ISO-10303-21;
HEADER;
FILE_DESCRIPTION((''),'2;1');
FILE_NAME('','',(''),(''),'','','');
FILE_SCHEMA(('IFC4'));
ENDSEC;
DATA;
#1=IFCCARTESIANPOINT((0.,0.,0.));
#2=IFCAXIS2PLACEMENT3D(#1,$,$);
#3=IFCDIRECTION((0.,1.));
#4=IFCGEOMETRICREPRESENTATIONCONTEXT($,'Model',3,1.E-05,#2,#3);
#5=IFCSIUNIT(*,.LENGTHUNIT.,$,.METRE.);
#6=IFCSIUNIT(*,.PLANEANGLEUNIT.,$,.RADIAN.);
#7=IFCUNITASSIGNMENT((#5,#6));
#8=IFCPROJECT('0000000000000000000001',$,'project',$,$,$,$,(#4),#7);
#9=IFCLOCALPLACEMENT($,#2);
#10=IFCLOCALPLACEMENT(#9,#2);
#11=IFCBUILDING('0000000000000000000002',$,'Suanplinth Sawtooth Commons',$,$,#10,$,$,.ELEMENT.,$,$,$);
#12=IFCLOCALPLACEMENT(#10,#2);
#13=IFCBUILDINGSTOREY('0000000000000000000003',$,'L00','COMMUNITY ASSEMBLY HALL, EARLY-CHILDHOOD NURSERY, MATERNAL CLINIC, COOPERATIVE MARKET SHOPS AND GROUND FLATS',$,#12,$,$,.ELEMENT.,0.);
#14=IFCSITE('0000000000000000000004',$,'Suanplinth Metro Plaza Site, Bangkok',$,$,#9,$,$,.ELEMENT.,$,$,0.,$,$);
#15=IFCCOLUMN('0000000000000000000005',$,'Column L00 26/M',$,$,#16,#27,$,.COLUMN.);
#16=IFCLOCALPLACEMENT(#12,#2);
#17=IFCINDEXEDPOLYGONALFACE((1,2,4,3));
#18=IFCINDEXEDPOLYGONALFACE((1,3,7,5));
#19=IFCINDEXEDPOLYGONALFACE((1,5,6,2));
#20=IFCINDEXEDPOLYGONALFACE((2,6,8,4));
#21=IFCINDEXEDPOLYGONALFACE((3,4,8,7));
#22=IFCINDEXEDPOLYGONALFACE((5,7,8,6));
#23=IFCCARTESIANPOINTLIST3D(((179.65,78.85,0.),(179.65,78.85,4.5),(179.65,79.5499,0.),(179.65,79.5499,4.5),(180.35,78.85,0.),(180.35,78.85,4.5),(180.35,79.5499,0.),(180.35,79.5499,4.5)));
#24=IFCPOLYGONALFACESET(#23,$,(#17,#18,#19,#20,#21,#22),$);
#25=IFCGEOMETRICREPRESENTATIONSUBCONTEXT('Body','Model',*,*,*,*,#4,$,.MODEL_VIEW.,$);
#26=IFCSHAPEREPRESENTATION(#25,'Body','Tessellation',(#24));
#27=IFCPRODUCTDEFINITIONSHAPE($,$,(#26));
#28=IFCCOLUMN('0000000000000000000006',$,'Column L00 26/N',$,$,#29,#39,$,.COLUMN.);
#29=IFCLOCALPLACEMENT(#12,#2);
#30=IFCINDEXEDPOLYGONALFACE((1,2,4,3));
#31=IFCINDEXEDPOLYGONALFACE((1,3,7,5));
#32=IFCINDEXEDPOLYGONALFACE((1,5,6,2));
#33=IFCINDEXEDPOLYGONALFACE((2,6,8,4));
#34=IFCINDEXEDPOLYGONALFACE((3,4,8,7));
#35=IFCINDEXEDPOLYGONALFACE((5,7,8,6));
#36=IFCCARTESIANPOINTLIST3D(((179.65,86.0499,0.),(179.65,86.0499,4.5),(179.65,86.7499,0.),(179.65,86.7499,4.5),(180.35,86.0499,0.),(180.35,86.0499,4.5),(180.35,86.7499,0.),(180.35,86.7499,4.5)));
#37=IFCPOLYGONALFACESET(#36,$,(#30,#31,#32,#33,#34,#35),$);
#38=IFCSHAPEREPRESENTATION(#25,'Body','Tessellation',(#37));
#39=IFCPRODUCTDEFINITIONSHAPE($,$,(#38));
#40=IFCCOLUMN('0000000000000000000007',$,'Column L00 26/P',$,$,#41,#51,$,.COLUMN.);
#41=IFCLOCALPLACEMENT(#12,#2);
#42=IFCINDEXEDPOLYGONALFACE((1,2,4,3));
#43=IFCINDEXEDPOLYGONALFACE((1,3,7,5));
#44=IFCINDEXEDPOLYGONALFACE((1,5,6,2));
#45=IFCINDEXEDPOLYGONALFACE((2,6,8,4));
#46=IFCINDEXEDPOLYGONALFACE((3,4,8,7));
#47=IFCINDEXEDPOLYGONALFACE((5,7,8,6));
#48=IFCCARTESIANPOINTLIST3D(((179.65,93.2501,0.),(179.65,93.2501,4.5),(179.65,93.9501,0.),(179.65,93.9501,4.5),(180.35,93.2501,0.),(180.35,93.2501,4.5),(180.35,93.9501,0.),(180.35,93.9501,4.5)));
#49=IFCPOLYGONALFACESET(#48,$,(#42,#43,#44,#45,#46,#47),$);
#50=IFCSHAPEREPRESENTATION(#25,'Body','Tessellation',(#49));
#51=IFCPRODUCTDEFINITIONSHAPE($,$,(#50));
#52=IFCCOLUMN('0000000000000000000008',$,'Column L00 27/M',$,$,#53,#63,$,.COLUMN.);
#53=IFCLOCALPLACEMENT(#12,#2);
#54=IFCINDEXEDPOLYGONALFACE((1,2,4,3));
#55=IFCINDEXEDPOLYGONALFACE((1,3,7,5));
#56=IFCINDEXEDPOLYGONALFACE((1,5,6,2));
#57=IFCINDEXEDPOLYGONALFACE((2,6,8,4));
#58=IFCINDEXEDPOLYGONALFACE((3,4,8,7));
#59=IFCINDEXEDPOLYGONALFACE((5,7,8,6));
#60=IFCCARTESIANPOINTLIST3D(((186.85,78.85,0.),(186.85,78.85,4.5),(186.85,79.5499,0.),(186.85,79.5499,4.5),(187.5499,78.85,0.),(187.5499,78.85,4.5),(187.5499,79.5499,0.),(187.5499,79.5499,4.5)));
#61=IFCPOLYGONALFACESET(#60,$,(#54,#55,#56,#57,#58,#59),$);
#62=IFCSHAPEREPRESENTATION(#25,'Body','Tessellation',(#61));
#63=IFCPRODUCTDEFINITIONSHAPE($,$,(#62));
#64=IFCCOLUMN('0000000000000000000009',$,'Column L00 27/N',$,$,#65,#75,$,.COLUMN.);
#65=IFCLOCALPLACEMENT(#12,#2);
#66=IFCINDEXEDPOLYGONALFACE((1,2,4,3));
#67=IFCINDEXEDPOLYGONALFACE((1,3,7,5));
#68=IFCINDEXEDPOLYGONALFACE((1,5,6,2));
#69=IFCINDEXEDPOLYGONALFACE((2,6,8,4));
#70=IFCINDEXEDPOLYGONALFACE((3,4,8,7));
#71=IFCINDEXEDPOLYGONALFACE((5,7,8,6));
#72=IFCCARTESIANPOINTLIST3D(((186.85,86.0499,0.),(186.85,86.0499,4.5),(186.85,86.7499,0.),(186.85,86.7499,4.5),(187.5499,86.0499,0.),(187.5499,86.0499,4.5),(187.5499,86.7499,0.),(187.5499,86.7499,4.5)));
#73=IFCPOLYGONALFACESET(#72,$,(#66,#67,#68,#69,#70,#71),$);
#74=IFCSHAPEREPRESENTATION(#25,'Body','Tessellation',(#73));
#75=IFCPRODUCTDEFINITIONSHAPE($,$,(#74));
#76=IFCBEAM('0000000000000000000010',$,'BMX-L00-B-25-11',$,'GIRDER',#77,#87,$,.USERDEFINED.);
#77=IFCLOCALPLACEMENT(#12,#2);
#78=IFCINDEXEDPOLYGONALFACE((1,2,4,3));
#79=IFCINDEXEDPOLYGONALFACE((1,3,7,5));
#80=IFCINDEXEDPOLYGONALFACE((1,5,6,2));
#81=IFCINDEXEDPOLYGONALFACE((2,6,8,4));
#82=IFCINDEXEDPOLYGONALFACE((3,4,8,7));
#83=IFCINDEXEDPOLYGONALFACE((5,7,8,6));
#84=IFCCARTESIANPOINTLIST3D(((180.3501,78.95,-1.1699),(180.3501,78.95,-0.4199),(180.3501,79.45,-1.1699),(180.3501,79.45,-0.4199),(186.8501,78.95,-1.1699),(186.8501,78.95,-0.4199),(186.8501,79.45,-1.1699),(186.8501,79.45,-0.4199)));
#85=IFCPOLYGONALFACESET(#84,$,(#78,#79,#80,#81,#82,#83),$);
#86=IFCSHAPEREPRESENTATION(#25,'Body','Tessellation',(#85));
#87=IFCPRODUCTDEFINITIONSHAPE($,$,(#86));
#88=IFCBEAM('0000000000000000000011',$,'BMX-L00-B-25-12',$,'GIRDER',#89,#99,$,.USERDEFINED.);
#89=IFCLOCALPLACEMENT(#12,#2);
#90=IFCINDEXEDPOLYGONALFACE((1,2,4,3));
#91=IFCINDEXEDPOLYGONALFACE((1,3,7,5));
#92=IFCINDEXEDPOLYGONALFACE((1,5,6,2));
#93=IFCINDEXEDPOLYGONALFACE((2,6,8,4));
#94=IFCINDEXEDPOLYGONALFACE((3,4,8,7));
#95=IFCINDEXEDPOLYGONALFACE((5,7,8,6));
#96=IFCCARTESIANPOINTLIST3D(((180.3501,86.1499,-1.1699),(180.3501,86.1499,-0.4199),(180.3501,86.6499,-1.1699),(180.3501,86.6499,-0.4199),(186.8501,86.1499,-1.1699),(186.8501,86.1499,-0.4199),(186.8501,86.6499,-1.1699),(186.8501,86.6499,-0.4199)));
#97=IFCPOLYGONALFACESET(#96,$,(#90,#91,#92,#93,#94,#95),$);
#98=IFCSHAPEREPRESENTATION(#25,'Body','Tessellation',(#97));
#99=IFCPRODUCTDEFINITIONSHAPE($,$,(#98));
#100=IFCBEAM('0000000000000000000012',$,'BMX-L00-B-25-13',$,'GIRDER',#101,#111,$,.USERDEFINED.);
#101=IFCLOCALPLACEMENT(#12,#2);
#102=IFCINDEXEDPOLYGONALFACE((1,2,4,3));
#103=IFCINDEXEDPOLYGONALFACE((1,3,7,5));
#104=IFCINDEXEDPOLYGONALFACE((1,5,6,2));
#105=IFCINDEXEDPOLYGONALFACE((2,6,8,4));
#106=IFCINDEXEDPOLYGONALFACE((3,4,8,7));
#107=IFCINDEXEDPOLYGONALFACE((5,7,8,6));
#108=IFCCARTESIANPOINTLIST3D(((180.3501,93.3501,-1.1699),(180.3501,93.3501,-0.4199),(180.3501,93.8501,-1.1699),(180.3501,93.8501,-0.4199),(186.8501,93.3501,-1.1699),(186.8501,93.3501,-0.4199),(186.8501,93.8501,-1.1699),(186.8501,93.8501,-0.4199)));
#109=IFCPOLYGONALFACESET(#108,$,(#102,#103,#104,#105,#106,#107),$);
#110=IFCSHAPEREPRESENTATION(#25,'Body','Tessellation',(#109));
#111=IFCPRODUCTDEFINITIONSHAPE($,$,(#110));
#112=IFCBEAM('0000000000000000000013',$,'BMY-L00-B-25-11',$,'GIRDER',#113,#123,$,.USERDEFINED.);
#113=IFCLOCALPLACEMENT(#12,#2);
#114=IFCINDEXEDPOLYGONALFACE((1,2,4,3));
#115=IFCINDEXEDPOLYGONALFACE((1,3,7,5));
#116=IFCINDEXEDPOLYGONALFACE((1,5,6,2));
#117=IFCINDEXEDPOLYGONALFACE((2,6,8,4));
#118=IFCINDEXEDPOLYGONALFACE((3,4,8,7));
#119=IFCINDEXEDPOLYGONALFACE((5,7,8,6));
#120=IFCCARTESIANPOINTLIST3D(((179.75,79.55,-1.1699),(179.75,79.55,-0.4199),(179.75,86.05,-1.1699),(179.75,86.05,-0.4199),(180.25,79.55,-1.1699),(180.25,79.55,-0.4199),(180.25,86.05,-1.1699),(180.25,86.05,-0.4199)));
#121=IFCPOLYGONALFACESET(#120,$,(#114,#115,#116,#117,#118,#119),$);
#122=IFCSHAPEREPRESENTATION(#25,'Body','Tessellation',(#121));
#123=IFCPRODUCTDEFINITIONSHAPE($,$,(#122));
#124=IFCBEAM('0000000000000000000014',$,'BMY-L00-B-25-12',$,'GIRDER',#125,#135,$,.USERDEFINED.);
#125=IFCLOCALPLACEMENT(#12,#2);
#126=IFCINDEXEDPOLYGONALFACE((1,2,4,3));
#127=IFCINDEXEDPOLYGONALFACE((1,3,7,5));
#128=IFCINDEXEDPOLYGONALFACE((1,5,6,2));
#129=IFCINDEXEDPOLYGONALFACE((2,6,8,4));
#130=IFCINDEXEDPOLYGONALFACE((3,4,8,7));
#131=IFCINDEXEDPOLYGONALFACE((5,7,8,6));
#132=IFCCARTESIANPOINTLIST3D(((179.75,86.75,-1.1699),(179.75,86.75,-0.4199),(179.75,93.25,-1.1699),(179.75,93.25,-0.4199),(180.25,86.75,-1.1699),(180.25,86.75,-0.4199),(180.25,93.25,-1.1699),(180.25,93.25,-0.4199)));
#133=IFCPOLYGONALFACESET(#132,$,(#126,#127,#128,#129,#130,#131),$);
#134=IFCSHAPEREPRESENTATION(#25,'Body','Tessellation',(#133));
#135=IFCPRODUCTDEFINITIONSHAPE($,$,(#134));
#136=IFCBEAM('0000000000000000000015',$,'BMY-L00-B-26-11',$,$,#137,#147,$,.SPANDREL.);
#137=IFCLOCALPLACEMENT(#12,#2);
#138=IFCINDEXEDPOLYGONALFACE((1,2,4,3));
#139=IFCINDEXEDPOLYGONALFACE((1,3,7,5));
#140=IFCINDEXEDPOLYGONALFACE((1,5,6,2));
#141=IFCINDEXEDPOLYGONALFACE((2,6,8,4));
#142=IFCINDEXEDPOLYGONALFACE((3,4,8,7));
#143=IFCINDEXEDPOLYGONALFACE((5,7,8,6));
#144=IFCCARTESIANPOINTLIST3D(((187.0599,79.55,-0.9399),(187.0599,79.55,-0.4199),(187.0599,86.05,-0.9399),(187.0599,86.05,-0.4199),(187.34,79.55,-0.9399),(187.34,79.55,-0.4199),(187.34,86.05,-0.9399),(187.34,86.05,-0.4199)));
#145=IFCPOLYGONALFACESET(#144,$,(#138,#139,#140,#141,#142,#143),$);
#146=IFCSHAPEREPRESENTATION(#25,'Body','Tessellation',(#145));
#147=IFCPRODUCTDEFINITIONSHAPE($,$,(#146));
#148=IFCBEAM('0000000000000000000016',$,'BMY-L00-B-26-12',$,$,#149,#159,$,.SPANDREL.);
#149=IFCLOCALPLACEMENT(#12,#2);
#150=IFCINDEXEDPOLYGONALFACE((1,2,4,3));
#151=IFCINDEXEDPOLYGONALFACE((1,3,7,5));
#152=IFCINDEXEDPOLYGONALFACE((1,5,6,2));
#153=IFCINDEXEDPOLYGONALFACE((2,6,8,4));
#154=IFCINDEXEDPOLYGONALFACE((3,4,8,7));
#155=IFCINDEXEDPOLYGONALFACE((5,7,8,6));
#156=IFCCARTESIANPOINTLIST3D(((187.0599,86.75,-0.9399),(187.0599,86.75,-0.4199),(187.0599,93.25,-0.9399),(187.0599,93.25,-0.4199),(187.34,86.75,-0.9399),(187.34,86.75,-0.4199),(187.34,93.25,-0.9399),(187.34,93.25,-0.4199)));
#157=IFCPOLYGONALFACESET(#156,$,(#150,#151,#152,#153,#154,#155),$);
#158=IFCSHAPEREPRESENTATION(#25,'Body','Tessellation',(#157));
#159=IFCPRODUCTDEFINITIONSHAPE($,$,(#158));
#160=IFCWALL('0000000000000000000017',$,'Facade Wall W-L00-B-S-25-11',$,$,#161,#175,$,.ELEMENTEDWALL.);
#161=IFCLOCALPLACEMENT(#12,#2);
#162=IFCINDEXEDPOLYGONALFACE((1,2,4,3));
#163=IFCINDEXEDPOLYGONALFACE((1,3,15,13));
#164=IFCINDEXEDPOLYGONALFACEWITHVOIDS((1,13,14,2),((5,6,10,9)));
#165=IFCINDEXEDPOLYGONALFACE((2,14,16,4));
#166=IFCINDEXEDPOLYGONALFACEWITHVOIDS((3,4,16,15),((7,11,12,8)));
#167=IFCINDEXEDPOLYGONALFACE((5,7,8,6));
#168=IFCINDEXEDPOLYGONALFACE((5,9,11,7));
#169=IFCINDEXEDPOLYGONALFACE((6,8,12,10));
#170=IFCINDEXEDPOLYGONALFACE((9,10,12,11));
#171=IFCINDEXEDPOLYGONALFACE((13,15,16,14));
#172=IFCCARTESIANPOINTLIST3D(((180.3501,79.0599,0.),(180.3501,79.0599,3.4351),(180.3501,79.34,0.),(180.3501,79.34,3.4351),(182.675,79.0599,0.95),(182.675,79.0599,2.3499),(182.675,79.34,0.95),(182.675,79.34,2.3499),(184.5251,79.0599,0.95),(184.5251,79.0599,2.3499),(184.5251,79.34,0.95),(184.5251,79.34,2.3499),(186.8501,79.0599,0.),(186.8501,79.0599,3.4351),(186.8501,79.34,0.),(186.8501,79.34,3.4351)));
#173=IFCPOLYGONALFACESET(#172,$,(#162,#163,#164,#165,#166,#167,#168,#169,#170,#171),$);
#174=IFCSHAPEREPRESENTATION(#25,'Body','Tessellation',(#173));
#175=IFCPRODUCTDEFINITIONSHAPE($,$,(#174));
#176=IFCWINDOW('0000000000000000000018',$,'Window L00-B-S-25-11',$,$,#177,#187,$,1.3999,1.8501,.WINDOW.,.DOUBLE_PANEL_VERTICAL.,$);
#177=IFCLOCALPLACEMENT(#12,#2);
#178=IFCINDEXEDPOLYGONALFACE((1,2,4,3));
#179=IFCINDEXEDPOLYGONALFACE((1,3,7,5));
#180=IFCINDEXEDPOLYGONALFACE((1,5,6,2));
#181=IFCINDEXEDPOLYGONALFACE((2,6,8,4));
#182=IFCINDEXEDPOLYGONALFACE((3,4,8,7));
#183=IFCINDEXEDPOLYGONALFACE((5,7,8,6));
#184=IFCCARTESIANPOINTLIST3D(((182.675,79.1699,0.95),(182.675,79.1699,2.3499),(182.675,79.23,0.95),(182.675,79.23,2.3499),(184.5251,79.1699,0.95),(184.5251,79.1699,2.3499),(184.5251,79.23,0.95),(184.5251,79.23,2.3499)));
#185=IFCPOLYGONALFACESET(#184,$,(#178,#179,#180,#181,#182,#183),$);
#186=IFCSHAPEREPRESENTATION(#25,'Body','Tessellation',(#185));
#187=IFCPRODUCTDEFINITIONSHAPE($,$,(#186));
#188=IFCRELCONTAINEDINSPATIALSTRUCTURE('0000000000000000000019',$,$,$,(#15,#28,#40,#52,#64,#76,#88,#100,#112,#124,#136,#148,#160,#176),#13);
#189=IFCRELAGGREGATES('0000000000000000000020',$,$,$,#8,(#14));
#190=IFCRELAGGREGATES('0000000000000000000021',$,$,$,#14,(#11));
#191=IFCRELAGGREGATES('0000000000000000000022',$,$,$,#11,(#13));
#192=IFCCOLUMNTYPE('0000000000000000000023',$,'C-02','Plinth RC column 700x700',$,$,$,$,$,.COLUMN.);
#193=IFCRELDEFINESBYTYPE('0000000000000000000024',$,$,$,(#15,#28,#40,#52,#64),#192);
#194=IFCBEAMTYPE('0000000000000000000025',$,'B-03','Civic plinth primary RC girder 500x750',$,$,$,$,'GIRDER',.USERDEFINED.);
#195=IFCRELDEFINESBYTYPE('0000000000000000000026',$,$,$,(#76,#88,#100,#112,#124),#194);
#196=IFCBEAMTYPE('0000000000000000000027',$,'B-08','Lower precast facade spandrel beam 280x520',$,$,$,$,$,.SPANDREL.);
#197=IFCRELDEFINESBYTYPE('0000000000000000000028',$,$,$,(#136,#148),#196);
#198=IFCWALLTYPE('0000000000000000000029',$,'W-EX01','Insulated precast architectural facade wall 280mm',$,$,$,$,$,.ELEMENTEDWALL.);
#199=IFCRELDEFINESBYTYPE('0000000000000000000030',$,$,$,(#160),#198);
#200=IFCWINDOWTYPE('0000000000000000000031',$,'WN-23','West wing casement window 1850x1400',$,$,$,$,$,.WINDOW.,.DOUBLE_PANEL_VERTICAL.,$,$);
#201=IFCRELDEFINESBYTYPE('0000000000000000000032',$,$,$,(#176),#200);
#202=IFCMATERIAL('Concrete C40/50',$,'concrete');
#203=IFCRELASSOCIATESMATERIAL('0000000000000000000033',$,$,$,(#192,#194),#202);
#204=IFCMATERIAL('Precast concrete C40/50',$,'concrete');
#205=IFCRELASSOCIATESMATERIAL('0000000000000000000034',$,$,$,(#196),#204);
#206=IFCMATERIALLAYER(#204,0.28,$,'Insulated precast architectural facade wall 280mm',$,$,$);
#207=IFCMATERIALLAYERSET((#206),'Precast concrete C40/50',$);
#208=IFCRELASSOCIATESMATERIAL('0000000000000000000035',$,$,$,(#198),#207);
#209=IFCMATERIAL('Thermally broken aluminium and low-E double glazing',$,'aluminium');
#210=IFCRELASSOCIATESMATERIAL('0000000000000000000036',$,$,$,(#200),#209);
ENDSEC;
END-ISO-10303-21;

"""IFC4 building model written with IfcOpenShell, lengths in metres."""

from ifc_helpers import new_model, si_unit, direction, frame, frame_2d, origin, origin_2d, place, context, subcontext, project, spatial, rectangle, extrude, material, layer, layer_set, material_profile, profile_set, type_object, element, fill, save


model = new_model("IFC4")

# Units and contexts
model_context = context("Model", 3, precision=1e-05, world=origin(), true_north=direction((0.0, 1.0)))
body_context = subcontext(model_context, "Body", "Model", "MODEL_VIEW")
ifc_project = project(units=[si_unit("LENGTHUNIT", "METRE"), si_unit("PLANEANGLEUNIT", "RADIAN")], contexts=[model_context])

# Site, building, storey
site_placement = place(None, origin())
site = spatial("IfcSite", under=ifc_project, at=site_placement, Name="Suanplinth Metro Plaza Site, Bangkok", CompositionType="ELEMENT", RefElevation=0.0)
building_placement = place(site_placement, origin())
building = spatial("IfcBuilding", under=site, at=building_placement, Name="Suanplinth Sawtooth Commons", CompositionType="ELEMENT")
storey_placement = place(building_placement, origin())
storey = spatial("IfcBuildingStorey", under=building, at=storey_placement, Name="L00", Description="COMMUNITY ASSEMBLY HALL, EARLY-CHILDHOOD NURSERY, MATERNAL CLINIC, COOPERATIVE MARKET SHOPS AND GROUND FLATS", CompositionType="ELEMENT", Elevation=0.0)

# Columns
ifc_material_1 = material(Name="Concrete C40/50", Category="concrete")
ifc_material_profile_1 = material_profile(ifc_material_1, rectangle(XDim=0.7, YDim=0.7, at=origin_2d()), Name="RC-COL 700x700")
ifc_profile_set_1 = profile_set([ifc_material_profile_1], Name="Concrete C40/50")
column_type = type_object("IfcColumnType", Name="C-02", Description="Plinth RC column 700x700", PredefinedType="COLUMN", material=ifc_profile_set_1)
for number, where, z_axis, x_axis, name in (
    (1, (180.0, 79.2, 0.0), (0.0, 0.0, 1.0), (1.0, 0.0, 0.0), "Column L00 26/M"),
    (2, (180.0, 86.3999, 0.0), (0.0, 0.0, 1.0), (1.0, 0.0, 0.0), "Column L00 26/N"),
    (3, (180.0, 93.6001, 0.0), (0.0, 0.0, 1.0), (1.0, 0.0, 0.0), "Column L00 26/P"),
    (4, (187.2, 79.2, 0.0), (0.0, 0.0, 1.0), (1.0, 0.0, 0.0), "Column L00 27/M"),
    (5, (187.2, 86.3999, 0.0), (0.0, 0.0, 1.0), (1.0, 0.0, 0.0), "Column L00 27/N"),
):
    element("IfcColumn", number, at=place(storey_placement, frame(where, z_axis=z_axis, x_axis=x_axis)), inside=storey, type_object=column_type, Name=name, PredefinedType="COLUMN", context=body_context, shape_type="SweptSolid", body=[
        extrude(rectangle(XDim=0.7, YDim=0.7, at=origin_2d()), origin(), (0.0, 0.0, 1.0), 4.5),
    ])

# Beams
ifc_material_profile_2 = material_profile(ifc_material_1, rectangle(XDim=0.5, YDim=0.75, at=origin_2d()), Name="RC-GDR 500x750")
ifc_profile_set_2 = profile_set([ifc_material_profile_2], Name="Concrete C40/50")
beam_type_1 = type_object("IfcBeamType", Name="B-03", Description="Civic plinth primary RC girder 500x750", ElementType="GIRDER", PredefinedType="USERDEFINED", material=ifc_profile_set_2)
for number, where, z_axis, x_axis, name in (
    (6, (180.3501, 79.2, -0.7949), (1.0, 0.0, 0.0), (0.0, 1.0, 0.0), "BMX-L00-B-25-11"),
    (7, (180.3501, 86.3999, -0.7949), (1.0, 0.0, 0.0), (0.0, 1.0, 0.0), "BMX-L00-B-25-12"),
    (8, (180.3501, 93.6001, -0.7949), (1.0, 0.0, 0.0), (0.0, 1.0, 0.0), "BMX-L00-B-25-13"),
    (9, (180.0, 79.55, -0.7949), (0.0, 1.0, 0.0), (-1.0, 0.0, 0.0), "BMY-L00-B-25-11"),
    (10, (180.0, 86.75, -0.7949), (0.0, 1.0, 0.0), (-1.0, 0.0, 0.0), "BMY-L00-B-25-12"),
):
    element("IfcBeam", number, at=place(storey_placement, frame(where, z_axis=z_axis, x_axis=x_axis)), inside=storey, type_object=beam_type_1, Name=name, ObjectType="GIRDER", PredefinedType="USERDEFINED", context=body_context, shape_type="SweptSolid", body=[
        extrude(rectangle(XDim=0.5, YDim=0.75, at=origin_2d()), origin(), (0.0, 0.0, 1.0), 6.5),
    ])
ifc_material_2 = material(Name="Precast concrete C40/50", Category="concrete")
ifc_material_profile_3 = material_profile(ifc_material_2, rectangle(XDim=0.28, YDim=0.52, at=origin_2d()), Name="PC-SP 280x520")
ifc_profile_set_3 = profile_set([ifc_material_profile_3], Name="Precast concrete C40/50")
beam_type_2 = type_object("IfcBeamType", Name="B-08", Description="Lower precast facade spandrel beam 280x520", PredefinedType="SPANDREL", material=ifc_profile_set_3)
for number, where, z_axis, x_axis, name in (
    (11, (187.2, 79.55, -0.6799), (0.0, 1.0, 0.0), (-1.0, 0.0, 0.0), "BMY-L00-B-26-11"),
    (12, (187.2, 86.75, -0.6799), (0.0, 1.0, 0.0), (-1.0, 0.0, 0.0), "BMY-L00-B-26-12"),
):
    element("IfcBeam", number, at=place(storey_placement, frame(where, z_axis=z_axis, x_axis=x_axis)), inside=storey, type_object=beam_type_2, Name=name, PredefinedType="SPANDREL", context=body_context, shape_type="SweptSolid", body=[
        extrude(rectangle(XDim=0.28, YDim=0.52, at=origin_2d()), origin(), (0.0, 0.0, 1.0), 6.5),
    ])

# Wall, opening, window
ifc_layer_1 = layer(ifc_material_2, 0.28, Name="Insulated precast architectural facade wall 280mm")
ifc_layer_set_1 = layer_set([ifc_layer_1], Name="Precast concrete C40/50")
wall_type_1 = type_object("IfcWallType", Name="W-EX01", Description="Insulated precast architectural facade wall 280mm", PredefinedType="ELEMENTEDWALL", material=ifc_layer_set_1)
wall_1_placement = place(storey_placement, frame((180.3501, 79.2, 0.0), z_axis=(0.0, 0.0, 1.0), x_axis=(1.0, 0.0, 0.0)))
wall_1 = element("IfcWall", 13, at=wall_1_placement, inside=storey, type_object=wall_type_1, Name="Facade Wall W-L00-B-S-25-11", PredefinedType="ELEMENTEDWALL", context=body_context, shape_type="SweptSolid", body=[
    extrude(rectangle(XDim=6.5, YDim=0.28, at=frame_2d((3.25, 0.0))), origin(), (0.0, 0.0, 1.0), 3.4351),
])
opening_1_placement = place(wall_1_placement, frame((2.325, 0.0, 0.95)))
opening_1 = element("IfcOpeningElement", 14, at=opening_1_placement, cuts=wall_1, PredefinedType="OPENING", context=body_context, shape_type="SweptSolid", body=[
    extrude(rectangle(XDim=1.8501, YDim=1.3999, at=frame_2d((0.925, 0.7))), frame((0.0, 0.1548, 0.0), z_axis=(0.0, -1.0, 0.0), x_axis=(1.0, 0.0, 0.0)), (0.0, 0.0, 1.0), 0.3098),
])
ifc_material_3 = material(Name="Thermally broken aluminium and low-E double glazing", Category="aluminium")
window_type_1 = type_object("IfcWindowType", Name="WN-23", Description="West wing casement window 1850x1400", PartitioningType="DOUBLE_PANEL_VERTICAL", PredefinedType="WINDOW", material=ifc_material_3)
window_1_placement = place(opening_1_placement, origin())
window_1 = element("IfcWindow", 15, at=window_1_placement, inside=storey, type_object=window_type_1, Name="Window L00-B-S-25-11", OverallHeight=1.3999, OverallWidth=1.8501, PartitioningType="DOUBLE_PANEL_VERTICAL", PredefinedType="WINDOW", context=body_context, shape_type="SweptSolid", body=[
    extrude(rectangle(XDim=1.8501, YDim=1.3999, at=frame_2d((0.925, 0.7))), frame((0.0, 0.03, 0.0), z_axis=(0.0, -1.0, 0.0), x_axis=(1.0, 0.0, 0.0)), (0.0, 0.0, 1.0), 0.0601),
])
fill(opening_1, window_1)

save(model, "model.ifc")
